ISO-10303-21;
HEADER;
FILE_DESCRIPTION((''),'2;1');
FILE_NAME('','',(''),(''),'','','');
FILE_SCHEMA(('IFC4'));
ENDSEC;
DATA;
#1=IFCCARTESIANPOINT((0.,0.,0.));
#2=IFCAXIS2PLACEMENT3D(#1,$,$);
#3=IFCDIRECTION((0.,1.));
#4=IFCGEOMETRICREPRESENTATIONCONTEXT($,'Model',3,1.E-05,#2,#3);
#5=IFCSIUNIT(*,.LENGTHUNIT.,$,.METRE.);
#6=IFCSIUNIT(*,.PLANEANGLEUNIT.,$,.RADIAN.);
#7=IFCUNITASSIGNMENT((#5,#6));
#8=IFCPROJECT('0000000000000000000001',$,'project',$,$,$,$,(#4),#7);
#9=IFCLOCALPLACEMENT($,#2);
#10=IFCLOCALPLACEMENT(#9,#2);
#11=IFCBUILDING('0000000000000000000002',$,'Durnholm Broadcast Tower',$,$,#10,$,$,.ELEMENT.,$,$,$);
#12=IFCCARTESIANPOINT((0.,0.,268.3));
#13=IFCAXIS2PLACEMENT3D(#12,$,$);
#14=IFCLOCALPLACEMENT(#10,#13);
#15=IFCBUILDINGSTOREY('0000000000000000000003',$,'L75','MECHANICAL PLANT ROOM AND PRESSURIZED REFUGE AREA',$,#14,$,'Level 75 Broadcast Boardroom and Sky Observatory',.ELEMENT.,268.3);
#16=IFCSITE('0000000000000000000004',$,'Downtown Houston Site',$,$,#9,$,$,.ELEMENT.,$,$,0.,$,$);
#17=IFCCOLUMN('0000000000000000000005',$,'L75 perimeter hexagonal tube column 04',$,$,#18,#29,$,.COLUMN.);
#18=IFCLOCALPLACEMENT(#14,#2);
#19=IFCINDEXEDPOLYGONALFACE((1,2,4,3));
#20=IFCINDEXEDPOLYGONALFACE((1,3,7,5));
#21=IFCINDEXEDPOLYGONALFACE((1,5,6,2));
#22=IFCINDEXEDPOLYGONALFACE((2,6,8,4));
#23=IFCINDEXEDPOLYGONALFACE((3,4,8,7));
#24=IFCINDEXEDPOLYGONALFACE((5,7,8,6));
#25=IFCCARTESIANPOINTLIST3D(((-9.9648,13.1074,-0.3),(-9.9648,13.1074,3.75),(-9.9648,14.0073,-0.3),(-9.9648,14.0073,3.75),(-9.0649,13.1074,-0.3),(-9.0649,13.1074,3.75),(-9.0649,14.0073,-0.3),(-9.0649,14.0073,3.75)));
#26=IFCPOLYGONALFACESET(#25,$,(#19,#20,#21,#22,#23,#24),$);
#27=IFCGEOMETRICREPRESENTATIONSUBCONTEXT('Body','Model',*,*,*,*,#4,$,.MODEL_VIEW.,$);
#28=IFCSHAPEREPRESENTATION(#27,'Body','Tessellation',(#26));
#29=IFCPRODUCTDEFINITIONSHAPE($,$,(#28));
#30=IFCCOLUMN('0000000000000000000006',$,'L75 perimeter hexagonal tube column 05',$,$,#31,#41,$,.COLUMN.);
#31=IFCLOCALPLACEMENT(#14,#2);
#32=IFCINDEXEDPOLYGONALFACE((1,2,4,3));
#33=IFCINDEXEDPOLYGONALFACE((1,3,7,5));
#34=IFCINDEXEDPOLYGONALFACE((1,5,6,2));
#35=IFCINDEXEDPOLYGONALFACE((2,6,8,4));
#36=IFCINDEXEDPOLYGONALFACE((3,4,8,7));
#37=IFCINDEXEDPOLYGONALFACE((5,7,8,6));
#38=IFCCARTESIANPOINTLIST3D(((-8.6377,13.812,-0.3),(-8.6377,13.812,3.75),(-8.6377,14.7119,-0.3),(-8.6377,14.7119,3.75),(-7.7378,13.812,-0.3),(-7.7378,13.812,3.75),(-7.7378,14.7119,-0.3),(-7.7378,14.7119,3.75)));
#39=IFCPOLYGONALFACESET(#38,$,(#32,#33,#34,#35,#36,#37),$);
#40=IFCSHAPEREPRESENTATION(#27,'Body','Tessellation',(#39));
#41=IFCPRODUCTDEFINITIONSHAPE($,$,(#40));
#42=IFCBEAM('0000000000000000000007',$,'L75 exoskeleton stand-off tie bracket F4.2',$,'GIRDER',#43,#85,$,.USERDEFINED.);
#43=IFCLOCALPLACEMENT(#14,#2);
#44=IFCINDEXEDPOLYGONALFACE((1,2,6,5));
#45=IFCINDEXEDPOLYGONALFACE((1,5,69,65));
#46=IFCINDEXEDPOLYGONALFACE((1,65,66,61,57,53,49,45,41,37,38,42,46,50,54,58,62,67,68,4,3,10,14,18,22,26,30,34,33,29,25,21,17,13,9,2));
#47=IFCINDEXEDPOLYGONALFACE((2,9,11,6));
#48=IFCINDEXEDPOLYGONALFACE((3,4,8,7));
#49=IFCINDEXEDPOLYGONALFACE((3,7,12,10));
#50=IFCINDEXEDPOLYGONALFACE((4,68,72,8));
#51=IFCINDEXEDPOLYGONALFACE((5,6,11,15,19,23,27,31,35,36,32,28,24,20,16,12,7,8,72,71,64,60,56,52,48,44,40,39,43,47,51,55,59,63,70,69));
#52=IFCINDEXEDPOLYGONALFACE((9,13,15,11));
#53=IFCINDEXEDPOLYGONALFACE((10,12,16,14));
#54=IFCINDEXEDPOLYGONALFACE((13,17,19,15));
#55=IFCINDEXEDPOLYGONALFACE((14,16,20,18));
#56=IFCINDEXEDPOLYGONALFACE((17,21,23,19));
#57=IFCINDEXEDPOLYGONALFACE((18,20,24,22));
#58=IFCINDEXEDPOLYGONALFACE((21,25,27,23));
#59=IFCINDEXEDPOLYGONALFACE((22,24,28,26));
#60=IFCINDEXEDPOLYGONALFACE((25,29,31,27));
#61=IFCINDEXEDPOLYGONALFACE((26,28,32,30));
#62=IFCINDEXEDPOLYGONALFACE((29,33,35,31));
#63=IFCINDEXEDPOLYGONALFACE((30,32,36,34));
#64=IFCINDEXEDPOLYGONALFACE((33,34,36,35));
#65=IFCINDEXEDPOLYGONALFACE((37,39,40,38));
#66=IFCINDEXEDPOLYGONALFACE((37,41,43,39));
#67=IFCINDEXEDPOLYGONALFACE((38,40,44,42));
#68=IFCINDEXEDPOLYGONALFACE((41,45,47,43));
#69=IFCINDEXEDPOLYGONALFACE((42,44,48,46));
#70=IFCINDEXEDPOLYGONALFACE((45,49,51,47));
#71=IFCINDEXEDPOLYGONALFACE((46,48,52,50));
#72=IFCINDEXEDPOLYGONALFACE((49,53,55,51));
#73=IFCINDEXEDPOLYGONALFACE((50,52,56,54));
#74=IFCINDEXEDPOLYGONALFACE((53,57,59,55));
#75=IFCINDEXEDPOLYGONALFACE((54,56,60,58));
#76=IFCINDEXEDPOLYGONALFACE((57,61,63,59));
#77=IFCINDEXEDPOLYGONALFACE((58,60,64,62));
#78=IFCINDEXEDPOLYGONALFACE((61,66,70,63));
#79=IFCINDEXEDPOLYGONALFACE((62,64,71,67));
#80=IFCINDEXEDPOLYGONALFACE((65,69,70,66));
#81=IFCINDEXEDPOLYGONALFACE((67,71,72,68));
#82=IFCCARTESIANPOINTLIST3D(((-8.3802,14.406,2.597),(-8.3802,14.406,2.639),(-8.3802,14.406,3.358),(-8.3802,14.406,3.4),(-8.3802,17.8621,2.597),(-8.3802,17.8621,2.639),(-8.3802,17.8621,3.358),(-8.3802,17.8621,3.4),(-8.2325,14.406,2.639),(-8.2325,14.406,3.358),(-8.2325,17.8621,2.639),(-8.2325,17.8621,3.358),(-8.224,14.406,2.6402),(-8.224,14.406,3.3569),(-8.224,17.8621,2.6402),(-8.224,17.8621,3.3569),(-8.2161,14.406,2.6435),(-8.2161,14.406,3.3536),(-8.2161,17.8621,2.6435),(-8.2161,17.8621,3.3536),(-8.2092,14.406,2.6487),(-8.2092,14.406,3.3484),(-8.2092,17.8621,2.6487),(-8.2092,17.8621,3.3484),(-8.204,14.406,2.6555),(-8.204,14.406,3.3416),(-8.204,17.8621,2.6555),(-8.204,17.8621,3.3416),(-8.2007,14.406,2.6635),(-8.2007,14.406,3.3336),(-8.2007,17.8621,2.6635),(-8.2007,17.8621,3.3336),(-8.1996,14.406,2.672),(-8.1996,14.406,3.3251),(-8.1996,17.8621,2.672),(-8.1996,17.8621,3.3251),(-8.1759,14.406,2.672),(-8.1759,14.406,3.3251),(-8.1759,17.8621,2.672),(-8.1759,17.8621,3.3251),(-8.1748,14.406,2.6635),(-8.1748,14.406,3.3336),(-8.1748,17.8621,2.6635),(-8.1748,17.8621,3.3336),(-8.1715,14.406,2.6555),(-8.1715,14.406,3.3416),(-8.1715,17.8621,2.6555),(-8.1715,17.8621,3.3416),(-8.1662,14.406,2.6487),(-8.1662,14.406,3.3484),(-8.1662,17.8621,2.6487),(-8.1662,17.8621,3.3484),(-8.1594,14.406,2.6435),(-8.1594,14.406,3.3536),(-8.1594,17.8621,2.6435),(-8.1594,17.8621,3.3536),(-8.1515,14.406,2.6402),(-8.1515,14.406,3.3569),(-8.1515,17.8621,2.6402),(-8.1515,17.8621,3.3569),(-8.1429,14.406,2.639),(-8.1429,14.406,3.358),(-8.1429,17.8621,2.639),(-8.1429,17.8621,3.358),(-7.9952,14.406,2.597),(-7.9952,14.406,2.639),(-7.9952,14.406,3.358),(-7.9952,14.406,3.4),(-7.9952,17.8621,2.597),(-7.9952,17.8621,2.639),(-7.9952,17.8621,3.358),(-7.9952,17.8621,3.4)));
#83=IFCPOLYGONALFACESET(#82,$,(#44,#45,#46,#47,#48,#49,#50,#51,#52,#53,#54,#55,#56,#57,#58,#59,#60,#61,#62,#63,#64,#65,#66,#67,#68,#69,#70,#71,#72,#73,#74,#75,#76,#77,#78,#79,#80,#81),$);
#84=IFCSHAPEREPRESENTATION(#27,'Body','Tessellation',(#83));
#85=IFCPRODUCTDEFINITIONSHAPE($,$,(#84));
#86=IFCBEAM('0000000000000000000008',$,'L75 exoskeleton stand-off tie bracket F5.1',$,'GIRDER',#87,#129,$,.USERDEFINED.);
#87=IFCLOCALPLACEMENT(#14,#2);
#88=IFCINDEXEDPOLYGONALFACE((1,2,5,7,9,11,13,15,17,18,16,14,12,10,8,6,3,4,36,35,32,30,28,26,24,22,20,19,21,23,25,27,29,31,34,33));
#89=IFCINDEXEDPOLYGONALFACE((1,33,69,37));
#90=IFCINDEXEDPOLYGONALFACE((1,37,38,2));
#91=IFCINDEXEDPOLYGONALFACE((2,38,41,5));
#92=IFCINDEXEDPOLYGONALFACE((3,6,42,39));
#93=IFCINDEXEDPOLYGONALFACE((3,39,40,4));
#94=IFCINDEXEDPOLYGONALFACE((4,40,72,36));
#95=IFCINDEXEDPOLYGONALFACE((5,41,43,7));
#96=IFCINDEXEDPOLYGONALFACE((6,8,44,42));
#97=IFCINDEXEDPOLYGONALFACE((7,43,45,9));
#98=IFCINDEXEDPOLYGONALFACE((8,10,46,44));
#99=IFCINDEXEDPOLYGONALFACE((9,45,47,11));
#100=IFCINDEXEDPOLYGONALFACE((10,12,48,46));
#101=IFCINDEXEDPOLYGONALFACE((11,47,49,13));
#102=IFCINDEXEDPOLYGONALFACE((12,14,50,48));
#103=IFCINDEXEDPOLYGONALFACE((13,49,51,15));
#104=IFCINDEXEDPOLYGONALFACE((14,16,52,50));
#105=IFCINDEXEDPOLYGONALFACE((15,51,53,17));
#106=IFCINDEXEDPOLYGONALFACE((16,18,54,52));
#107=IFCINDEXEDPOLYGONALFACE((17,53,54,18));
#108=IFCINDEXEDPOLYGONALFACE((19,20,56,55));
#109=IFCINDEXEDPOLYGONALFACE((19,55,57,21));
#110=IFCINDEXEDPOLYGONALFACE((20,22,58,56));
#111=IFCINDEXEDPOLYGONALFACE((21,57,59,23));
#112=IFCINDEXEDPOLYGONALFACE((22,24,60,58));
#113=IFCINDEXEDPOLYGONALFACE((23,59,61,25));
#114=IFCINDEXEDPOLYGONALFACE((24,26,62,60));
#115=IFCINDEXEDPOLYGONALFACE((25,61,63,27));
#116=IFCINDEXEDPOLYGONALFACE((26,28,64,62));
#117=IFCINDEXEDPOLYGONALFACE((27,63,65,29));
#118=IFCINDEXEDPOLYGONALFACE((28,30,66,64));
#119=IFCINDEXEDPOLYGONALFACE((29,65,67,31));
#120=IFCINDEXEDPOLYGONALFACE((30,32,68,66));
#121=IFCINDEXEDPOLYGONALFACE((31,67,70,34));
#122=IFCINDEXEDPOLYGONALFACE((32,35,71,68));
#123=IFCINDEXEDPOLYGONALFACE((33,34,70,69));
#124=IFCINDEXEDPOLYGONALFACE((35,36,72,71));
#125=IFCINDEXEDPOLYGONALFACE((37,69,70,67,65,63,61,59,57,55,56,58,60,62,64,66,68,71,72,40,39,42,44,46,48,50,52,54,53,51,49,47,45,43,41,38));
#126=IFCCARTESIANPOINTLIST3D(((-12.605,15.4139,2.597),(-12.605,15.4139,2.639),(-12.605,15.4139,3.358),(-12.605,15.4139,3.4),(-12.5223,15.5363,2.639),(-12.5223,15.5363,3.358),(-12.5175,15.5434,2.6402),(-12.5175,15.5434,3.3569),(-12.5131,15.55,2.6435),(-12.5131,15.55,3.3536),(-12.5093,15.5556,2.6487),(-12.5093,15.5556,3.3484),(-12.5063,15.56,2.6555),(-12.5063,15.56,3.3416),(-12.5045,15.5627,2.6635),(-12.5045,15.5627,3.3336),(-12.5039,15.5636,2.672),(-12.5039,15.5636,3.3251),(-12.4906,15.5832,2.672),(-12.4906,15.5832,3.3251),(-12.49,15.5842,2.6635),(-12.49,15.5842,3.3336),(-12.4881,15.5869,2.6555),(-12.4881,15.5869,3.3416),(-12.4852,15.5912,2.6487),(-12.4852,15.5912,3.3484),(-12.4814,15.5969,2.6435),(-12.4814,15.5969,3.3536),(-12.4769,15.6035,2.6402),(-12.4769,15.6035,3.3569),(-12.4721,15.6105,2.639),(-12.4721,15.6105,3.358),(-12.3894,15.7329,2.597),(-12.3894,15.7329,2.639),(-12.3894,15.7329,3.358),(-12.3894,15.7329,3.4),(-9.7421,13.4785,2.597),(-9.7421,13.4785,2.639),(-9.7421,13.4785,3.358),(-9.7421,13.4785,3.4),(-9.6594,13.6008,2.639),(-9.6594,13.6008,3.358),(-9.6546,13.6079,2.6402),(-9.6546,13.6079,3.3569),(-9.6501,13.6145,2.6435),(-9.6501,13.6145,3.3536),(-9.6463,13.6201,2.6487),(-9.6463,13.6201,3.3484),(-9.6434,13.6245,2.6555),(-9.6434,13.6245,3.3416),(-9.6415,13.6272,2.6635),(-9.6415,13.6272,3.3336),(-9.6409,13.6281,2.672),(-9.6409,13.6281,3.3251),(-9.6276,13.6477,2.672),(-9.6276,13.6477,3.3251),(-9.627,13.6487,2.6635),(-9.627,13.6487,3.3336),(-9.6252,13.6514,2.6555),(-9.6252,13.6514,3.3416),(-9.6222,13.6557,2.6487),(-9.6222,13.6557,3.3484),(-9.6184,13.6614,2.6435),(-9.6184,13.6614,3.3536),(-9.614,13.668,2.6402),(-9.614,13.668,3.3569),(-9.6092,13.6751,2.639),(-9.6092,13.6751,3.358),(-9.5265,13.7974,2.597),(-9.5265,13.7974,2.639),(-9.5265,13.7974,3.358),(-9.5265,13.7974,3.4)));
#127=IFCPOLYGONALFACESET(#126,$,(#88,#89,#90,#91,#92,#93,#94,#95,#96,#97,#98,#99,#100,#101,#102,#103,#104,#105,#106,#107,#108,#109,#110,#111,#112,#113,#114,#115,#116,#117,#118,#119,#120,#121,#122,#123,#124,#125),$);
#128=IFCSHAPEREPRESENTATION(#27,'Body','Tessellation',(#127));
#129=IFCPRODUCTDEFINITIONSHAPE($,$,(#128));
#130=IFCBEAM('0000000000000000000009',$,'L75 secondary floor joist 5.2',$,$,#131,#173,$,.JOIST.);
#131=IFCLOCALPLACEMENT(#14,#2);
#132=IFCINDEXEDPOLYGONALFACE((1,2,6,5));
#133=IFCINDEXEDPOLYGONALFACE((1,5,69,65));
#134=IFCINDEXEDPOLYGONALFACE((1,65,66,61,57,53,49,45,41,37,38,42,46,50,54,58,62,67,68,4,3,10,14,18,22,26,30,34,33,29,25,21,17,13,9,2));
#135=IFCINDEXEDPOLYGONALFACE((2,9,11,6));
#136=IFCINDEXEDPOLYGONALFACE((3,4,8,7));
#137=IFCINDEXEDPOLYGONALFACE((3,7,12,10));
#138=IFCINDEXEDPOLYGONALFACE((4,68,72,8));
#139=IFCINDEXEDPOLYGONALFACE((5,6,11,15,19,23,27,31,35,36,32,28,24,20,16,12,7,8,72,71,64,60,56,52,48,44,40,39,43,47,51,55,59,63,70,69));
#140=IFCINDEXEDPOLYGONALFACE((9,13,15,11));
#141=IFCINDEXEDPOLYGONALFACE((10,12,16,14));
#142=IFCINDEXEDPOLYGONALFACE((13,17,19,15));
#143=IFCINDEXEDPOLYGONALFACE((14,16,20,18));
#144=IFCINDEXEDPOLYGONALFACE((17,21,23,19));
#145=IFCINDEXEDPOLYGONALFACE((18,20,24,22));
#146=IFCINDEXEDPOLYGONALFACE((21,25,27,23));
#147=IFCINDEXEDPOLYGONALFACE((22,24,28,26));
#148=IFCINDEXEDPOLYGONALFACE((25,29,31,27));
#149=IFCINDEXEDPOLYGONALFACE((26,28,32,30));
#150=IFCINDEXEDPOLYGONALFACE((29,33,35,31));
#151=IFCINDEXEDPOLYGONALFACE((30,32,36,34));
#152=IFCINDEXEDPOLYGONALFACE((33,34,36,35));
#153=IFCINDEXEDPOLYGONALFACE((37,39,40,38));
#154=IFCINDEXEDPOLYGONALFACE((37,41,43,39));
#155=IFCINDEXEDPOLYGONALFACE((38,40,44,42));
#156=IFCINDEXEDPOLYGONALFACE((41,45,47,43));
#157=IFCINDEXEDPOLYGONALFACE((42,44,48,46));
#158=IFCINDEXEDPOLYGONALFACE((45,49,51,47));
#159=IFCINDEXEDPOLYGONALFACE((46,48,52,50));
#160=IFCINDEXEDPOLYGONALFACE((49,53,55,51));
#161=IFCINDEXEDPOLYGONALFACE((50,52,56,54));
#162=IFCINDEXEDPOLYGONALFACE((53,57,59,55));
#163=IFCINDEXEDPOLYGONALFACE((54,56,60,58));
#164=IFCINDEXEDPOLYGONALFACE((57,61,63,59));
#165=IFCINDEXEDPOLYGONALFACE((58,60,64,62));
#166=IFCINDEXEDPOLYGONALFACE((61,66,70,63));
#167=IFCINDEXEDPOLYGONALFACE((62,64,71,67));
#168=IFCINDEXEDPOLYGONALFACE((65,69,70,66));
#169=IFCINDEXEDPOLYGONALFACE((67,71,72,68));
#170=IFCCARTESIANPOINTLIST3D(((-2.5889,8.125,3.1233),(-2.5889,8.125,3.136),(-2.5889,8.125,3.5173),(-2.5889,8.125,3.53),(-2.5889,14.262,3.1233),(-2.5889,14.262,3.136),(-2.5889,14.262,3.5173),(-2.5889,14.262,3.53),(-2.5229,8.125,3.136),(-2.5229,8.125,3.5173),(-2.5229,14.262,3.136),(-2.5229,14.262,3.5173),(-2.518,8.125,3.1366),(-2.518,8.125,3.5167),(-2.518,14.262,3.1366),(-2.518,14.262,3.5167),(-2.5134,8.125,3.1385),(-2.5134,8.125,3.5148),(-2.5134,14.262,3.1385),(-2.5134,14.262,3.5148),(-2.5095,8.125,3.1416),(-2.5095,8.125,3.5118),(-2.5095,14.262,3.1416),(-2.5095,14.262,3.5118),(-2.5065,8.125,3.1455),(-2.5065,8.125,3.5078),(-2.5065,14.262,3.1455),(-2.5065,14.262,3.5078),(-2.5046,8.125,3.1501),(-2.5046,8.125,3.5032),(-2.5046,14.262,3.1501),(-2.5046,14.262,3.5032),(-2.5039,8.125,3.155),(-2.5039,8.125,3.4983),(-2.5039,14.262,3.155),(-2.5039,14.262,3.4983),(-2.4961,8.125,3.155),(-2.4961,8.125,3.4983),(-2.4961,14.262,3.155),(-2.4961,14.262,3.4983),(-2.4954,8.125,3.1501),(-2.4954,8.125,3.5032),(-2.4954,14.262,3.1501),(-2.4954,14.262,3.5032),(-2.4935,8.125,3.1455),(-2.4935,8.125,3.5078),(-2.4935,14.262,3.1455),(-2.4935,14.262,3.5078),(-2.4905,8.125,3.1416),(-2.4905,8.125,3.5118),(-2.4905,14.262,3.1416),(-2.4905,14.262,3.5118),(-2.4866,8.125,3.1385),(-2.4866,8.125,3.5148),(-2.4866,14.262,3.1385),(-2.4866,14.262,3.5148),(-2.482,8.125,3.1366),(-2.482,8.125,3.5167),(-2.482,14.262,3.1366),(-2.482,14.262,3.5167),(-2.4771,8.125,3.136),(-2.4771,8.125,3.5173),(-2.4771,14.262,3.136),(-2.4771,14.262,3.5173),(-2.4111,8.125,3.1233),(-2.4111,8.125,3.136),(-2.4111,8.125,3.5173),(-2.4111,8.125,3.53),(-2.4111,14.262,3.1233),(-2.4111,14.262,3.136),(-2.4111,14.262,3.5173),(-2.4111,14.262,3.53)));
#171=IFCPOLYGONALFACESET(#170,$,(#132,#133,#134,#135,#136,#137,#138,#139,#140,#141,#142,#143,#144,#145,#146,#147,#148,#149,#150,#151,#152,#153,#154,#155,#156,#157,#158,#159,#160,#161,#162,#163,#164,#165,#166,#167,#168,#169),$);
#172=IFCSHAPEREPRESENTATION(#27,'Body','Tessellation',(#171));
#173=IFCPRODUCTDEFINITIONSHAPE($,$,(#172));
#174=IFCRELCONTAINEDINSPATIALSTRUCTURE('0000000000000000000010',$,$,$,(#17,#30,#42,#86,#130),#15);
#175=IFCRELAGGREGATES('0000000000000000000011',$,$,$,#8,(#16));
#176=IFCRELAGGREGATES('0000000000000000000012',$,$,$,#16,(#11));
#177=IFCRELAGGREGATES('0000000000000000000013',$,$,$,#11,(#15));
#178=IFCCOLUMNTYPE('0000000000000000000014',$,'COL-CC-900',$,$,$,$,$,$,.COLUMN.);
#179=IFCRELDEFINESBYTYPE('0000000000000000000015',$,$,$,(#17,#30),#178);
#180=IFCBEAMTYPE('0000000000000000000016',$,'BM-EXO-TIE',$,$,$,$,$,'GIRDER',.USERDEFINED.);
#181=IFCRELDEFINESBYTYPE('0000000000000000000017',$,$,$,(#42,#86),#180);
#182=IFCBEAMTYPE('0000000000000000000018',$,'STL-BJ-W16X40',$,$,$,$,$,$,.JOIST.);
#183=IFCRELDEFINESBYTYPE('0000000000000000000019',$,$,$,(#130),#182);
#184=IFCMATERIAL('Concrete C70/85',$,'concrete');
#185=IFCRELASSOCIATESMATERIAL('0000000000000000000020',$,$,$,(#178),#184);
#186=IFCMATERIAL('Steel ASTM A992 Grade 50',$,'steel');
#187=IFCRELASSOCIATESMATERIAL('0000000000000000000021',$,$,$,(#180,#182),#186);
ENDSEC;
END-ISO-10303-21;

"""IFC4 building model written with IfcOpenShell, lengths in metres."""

from ifc_helpers import new_model, si_unit, direction, frame, origin, origin_2d, place, context, subcontext, project, spatial, rectangle, i_section, extrude, source, transform, mapped, material, material_profile, profile_set, type_object, type_shapes, element, save


model = new_model("IFC4")

# Units and contexts
model_context = context("Model", 3, precision=1e-05, world=origin(), true_north=direction((0.0, 1.0)))
body_context = subcontext(model_context, "Body", "Model", "MODEL_VIEW")
ifc_project = project(units=[si_unit("LENGTHUNIT", "METRE"), si_unit("PLANEANGLEUNIT", "RADIAN")], contexts=[model_context])

# Site, building, storey
site_placement = place(None, origin())
site = spatial("IfcSite", under=ifc_project, at=site_placement, Name="Downtown Houston Site", CompositionType="ELEMENT", RefElevation=0.0)
building_placement = place(site_placement, origin())
building = spatial("IfcBuilding", under=site, at=building_placement, Name="Durnholm Broadcast Tower", CompositionType="ELEMENT")
storey_placement = place(building_placement, frame((0.0, 0.0, 268.3)))
storey = spatial("IfcBuildingStorey", under=building, at=storey_placement, Name="L75", Description="MECHANICAL PLANT ROOM AND PRESSURIZED REFUGE AREA", LongName="Level 75 Broadcast Boardroom and Sky Observatory", CompositionType="ELEMENT", Elevation=268.3)

# Columns
ifc_material_1 = material(Name="Concrete C70/85", Category="concrete")
ifc_material_profile_1 = material_profile(ifc_material_1, rectangle(XDim=0.8999, YDim=0.8999, at=origin_2d()), Name="RC900X900")
ifc_profile_set_1 = profile_set([ifc_material_profile_1], Name="Concrete C70/85")
column_type = type_object("IfcColumnType", Name="COL-CC-900", PredefinedType="COLUMN", material=ifc_profile_set_1)
shared_shape_1 = source(origin(), body_context, "Body", "SweptSolid", [
    extrude(rectangle(XDim=0.8999, YDim=0.8999, at=origin_2d()), origin(), (0.0, 0.0, 1.0), 4.05),
])
type_shapes(column_type, [shared_shape_1])
for number, where, z_axis, x_axis, name in (
    (1, (-9.5149, 13.5574, -0.3), (0.0, 0.0, 1.0), (1.0, 0.0, 0.0), "L75 perimeter hexagonal tube column 04"),
    (2, (-8.1877, 14.262, -0.3), (0.0, 0.0, 1.0), (1.0, 0.0, 0.0), "L75 perimeter hexagonal tube column 05"),
):
    element("IfcColumn", number, at=place(storey_placement, frame(where, z_axis=z_axis, x_axis=x_axis)), inside=storey, type_object=column_type, Name=name, PredefinedType="COLUMN", context=body_context, shape_type="MappedRepresentation", body=[
        mapped(shared_shape_1, transform((0.0, 0.0, 0.0), x_axis=(1.0, 0.0, 0.0), y_axis=(0.0, 1.0, 0.0), z_axis=(0.0, 0.0, 1.0), scale=1.0)),
    ])

# Beams
ifc_material_2 = material(Name="Steel ASTM A992 Grade 50", Category="steel")
ifc_material_profile_2 = material_profile(ifc_material_2, i_section(OverallWidth=0.385, OverallDepth=0.803, WebThickness=0.0237, FlangeThickness=0.042, FilletRadius=0.033, at=origin_2d()), Name="W30X261")
ifc_profile_set_2 = profile_set([ifc_material_profile_2], Name="Steel ASTM A992 Grade 50")
beam_type_1 = type_object("IfcBeamType", Name="BM-EXO-TIE", ElementType="GIRDER", PredefinedType="USERDEFINED", material=ifc_profile_set_2)
shared_shape_2 = source(origin(), body_context, "Body", "SweptSolid", [
    extrude(i_section(OverallWidth=0.385, OverallDepth=0.803, WebThickness=0.0237, FlangeThickness=0.042, FilletRadius=0.033, at=origin_2d()), origin(), (0.0, 0.0, 1.0), 3.4561),
])
beam_1_placement = place(storey_placement, frame((-8.1877, 14.406, 2.9985), z_axis=(0.0, 1.0, 0.0), x_axis=(-1.0, 0.0, 0.0)))
element("IfcBeam", 3, at=beam_1_placement, inside=storey, type_object=beam_type_1, Name="L75 exoskeleton stand-off tie bracket F4.2", ObjectType="GIRDER", PredefinedType="USERDEFINED", context=body_context, shape_type="MappedRepresentation", body=[
    mapped(shared_shape_2, transform((0.0, 0.0, 0.0), x_axis=(1.0, 0.0, 0.0), y_axis=(0.0, 1.0, 0.0), z_axis=(0.0, 0.0, 1.0), scale=1.0)),
])
shared_shape_3 = source(origin(), body_context, "Body", "SweptSolid", [
    extrude(i_section(OverallWidth=0.385, OverallDepth=0.803, WebThickness=0.0237, FlangeThickness=0.042, FilletRadius=0.033, at=origin_2d()), origin(), (0.0, 0.0, 1.0), 3.4558),
])
type_shapes(beam_type_1, [shared_shape_2, shared_shape_3])
beam_2_placement = place(storey_placement, frame((-9.6343, 13.6379, 2.9985), z_axis=(-0.828446, 0.560068, 0.0), x_axis=(-0.560068, -0.828446, 0.0)))
element("IfcBeam", 4, at=beam_2_placement, inside=storey, type_object=beam_type_1, Name="L75 exoskeleton stand-off tie bracket F5.1", ObjectType="GIRDER", PredefinedType="USERDEFINED", context=body_context, shape_type="MappedRepresentation", body=[
    mapped(shared_shape_3, transform((0.0, 0.0, 0.0), x_axis=(1.0, 0.0, 0.0), y_axis=(0.0, 1.0, 0.0), z_axis=(0.0, 0.0, 1.0), scale=1.0)),
])
ifc_material_profile_3 = material_profile(ifc_material_2, i_section(OverallWidth=0.1777, OverallDepth=0.4067, WebThickness=0.0078, FlangeThickness=0.0127, FilletRadius=0.019, at=origin_2d()), Name="W16X40")
ifc_profile_set_3 = profile_set([ifc_material_profile_3], Name="Steel ASTM A992 Grade 50")
beam_type_2 = type_object("IfcBeamType", Name="STL-BJ-W16X40", PredefinedType="JOIST", material=ifc_profile_set_3)
shared_shape_4 = source(origin(), body_context, "Body", "SweptSolid", [
    extrude(i_section(OverallWidth=0.1777, OverallDepth=0.4067, WebThickness=0.0078, FlangeThickness=0.0127, FilletRadius=0.019, at=origin_2d()), origin(), (0.0, 0.0, 1.0), 6.137),
])
type_shapes(beam_type_2, [shared_shape_4])
beam_3_placement = place(storey_placement, frame((-2.5, 8.125, 3.3267), z_axis=(0.0, 1.0, 0.0), x_axis=(-1.0, 0.0, 0.0)))
element("IfcBeam", 5, at=beam_3_placement, inside=storey, type_object=beam_type_2, Name="L75 secondary floor joist 5.2", PredefinedType="JOIST", context=body_context, shape_type="MappedRepresentation", body=[
    mapped(shared_shape_4, transform((0.0, 0.0, 0.0), x_axis=(1.0, 0.0, 0.0), y_axis=(0.0, 1.0, 0.0), z_axis=(0.0, 0.0, 1.0), scale=1.0)),
])

save(model, "model.ifc")
